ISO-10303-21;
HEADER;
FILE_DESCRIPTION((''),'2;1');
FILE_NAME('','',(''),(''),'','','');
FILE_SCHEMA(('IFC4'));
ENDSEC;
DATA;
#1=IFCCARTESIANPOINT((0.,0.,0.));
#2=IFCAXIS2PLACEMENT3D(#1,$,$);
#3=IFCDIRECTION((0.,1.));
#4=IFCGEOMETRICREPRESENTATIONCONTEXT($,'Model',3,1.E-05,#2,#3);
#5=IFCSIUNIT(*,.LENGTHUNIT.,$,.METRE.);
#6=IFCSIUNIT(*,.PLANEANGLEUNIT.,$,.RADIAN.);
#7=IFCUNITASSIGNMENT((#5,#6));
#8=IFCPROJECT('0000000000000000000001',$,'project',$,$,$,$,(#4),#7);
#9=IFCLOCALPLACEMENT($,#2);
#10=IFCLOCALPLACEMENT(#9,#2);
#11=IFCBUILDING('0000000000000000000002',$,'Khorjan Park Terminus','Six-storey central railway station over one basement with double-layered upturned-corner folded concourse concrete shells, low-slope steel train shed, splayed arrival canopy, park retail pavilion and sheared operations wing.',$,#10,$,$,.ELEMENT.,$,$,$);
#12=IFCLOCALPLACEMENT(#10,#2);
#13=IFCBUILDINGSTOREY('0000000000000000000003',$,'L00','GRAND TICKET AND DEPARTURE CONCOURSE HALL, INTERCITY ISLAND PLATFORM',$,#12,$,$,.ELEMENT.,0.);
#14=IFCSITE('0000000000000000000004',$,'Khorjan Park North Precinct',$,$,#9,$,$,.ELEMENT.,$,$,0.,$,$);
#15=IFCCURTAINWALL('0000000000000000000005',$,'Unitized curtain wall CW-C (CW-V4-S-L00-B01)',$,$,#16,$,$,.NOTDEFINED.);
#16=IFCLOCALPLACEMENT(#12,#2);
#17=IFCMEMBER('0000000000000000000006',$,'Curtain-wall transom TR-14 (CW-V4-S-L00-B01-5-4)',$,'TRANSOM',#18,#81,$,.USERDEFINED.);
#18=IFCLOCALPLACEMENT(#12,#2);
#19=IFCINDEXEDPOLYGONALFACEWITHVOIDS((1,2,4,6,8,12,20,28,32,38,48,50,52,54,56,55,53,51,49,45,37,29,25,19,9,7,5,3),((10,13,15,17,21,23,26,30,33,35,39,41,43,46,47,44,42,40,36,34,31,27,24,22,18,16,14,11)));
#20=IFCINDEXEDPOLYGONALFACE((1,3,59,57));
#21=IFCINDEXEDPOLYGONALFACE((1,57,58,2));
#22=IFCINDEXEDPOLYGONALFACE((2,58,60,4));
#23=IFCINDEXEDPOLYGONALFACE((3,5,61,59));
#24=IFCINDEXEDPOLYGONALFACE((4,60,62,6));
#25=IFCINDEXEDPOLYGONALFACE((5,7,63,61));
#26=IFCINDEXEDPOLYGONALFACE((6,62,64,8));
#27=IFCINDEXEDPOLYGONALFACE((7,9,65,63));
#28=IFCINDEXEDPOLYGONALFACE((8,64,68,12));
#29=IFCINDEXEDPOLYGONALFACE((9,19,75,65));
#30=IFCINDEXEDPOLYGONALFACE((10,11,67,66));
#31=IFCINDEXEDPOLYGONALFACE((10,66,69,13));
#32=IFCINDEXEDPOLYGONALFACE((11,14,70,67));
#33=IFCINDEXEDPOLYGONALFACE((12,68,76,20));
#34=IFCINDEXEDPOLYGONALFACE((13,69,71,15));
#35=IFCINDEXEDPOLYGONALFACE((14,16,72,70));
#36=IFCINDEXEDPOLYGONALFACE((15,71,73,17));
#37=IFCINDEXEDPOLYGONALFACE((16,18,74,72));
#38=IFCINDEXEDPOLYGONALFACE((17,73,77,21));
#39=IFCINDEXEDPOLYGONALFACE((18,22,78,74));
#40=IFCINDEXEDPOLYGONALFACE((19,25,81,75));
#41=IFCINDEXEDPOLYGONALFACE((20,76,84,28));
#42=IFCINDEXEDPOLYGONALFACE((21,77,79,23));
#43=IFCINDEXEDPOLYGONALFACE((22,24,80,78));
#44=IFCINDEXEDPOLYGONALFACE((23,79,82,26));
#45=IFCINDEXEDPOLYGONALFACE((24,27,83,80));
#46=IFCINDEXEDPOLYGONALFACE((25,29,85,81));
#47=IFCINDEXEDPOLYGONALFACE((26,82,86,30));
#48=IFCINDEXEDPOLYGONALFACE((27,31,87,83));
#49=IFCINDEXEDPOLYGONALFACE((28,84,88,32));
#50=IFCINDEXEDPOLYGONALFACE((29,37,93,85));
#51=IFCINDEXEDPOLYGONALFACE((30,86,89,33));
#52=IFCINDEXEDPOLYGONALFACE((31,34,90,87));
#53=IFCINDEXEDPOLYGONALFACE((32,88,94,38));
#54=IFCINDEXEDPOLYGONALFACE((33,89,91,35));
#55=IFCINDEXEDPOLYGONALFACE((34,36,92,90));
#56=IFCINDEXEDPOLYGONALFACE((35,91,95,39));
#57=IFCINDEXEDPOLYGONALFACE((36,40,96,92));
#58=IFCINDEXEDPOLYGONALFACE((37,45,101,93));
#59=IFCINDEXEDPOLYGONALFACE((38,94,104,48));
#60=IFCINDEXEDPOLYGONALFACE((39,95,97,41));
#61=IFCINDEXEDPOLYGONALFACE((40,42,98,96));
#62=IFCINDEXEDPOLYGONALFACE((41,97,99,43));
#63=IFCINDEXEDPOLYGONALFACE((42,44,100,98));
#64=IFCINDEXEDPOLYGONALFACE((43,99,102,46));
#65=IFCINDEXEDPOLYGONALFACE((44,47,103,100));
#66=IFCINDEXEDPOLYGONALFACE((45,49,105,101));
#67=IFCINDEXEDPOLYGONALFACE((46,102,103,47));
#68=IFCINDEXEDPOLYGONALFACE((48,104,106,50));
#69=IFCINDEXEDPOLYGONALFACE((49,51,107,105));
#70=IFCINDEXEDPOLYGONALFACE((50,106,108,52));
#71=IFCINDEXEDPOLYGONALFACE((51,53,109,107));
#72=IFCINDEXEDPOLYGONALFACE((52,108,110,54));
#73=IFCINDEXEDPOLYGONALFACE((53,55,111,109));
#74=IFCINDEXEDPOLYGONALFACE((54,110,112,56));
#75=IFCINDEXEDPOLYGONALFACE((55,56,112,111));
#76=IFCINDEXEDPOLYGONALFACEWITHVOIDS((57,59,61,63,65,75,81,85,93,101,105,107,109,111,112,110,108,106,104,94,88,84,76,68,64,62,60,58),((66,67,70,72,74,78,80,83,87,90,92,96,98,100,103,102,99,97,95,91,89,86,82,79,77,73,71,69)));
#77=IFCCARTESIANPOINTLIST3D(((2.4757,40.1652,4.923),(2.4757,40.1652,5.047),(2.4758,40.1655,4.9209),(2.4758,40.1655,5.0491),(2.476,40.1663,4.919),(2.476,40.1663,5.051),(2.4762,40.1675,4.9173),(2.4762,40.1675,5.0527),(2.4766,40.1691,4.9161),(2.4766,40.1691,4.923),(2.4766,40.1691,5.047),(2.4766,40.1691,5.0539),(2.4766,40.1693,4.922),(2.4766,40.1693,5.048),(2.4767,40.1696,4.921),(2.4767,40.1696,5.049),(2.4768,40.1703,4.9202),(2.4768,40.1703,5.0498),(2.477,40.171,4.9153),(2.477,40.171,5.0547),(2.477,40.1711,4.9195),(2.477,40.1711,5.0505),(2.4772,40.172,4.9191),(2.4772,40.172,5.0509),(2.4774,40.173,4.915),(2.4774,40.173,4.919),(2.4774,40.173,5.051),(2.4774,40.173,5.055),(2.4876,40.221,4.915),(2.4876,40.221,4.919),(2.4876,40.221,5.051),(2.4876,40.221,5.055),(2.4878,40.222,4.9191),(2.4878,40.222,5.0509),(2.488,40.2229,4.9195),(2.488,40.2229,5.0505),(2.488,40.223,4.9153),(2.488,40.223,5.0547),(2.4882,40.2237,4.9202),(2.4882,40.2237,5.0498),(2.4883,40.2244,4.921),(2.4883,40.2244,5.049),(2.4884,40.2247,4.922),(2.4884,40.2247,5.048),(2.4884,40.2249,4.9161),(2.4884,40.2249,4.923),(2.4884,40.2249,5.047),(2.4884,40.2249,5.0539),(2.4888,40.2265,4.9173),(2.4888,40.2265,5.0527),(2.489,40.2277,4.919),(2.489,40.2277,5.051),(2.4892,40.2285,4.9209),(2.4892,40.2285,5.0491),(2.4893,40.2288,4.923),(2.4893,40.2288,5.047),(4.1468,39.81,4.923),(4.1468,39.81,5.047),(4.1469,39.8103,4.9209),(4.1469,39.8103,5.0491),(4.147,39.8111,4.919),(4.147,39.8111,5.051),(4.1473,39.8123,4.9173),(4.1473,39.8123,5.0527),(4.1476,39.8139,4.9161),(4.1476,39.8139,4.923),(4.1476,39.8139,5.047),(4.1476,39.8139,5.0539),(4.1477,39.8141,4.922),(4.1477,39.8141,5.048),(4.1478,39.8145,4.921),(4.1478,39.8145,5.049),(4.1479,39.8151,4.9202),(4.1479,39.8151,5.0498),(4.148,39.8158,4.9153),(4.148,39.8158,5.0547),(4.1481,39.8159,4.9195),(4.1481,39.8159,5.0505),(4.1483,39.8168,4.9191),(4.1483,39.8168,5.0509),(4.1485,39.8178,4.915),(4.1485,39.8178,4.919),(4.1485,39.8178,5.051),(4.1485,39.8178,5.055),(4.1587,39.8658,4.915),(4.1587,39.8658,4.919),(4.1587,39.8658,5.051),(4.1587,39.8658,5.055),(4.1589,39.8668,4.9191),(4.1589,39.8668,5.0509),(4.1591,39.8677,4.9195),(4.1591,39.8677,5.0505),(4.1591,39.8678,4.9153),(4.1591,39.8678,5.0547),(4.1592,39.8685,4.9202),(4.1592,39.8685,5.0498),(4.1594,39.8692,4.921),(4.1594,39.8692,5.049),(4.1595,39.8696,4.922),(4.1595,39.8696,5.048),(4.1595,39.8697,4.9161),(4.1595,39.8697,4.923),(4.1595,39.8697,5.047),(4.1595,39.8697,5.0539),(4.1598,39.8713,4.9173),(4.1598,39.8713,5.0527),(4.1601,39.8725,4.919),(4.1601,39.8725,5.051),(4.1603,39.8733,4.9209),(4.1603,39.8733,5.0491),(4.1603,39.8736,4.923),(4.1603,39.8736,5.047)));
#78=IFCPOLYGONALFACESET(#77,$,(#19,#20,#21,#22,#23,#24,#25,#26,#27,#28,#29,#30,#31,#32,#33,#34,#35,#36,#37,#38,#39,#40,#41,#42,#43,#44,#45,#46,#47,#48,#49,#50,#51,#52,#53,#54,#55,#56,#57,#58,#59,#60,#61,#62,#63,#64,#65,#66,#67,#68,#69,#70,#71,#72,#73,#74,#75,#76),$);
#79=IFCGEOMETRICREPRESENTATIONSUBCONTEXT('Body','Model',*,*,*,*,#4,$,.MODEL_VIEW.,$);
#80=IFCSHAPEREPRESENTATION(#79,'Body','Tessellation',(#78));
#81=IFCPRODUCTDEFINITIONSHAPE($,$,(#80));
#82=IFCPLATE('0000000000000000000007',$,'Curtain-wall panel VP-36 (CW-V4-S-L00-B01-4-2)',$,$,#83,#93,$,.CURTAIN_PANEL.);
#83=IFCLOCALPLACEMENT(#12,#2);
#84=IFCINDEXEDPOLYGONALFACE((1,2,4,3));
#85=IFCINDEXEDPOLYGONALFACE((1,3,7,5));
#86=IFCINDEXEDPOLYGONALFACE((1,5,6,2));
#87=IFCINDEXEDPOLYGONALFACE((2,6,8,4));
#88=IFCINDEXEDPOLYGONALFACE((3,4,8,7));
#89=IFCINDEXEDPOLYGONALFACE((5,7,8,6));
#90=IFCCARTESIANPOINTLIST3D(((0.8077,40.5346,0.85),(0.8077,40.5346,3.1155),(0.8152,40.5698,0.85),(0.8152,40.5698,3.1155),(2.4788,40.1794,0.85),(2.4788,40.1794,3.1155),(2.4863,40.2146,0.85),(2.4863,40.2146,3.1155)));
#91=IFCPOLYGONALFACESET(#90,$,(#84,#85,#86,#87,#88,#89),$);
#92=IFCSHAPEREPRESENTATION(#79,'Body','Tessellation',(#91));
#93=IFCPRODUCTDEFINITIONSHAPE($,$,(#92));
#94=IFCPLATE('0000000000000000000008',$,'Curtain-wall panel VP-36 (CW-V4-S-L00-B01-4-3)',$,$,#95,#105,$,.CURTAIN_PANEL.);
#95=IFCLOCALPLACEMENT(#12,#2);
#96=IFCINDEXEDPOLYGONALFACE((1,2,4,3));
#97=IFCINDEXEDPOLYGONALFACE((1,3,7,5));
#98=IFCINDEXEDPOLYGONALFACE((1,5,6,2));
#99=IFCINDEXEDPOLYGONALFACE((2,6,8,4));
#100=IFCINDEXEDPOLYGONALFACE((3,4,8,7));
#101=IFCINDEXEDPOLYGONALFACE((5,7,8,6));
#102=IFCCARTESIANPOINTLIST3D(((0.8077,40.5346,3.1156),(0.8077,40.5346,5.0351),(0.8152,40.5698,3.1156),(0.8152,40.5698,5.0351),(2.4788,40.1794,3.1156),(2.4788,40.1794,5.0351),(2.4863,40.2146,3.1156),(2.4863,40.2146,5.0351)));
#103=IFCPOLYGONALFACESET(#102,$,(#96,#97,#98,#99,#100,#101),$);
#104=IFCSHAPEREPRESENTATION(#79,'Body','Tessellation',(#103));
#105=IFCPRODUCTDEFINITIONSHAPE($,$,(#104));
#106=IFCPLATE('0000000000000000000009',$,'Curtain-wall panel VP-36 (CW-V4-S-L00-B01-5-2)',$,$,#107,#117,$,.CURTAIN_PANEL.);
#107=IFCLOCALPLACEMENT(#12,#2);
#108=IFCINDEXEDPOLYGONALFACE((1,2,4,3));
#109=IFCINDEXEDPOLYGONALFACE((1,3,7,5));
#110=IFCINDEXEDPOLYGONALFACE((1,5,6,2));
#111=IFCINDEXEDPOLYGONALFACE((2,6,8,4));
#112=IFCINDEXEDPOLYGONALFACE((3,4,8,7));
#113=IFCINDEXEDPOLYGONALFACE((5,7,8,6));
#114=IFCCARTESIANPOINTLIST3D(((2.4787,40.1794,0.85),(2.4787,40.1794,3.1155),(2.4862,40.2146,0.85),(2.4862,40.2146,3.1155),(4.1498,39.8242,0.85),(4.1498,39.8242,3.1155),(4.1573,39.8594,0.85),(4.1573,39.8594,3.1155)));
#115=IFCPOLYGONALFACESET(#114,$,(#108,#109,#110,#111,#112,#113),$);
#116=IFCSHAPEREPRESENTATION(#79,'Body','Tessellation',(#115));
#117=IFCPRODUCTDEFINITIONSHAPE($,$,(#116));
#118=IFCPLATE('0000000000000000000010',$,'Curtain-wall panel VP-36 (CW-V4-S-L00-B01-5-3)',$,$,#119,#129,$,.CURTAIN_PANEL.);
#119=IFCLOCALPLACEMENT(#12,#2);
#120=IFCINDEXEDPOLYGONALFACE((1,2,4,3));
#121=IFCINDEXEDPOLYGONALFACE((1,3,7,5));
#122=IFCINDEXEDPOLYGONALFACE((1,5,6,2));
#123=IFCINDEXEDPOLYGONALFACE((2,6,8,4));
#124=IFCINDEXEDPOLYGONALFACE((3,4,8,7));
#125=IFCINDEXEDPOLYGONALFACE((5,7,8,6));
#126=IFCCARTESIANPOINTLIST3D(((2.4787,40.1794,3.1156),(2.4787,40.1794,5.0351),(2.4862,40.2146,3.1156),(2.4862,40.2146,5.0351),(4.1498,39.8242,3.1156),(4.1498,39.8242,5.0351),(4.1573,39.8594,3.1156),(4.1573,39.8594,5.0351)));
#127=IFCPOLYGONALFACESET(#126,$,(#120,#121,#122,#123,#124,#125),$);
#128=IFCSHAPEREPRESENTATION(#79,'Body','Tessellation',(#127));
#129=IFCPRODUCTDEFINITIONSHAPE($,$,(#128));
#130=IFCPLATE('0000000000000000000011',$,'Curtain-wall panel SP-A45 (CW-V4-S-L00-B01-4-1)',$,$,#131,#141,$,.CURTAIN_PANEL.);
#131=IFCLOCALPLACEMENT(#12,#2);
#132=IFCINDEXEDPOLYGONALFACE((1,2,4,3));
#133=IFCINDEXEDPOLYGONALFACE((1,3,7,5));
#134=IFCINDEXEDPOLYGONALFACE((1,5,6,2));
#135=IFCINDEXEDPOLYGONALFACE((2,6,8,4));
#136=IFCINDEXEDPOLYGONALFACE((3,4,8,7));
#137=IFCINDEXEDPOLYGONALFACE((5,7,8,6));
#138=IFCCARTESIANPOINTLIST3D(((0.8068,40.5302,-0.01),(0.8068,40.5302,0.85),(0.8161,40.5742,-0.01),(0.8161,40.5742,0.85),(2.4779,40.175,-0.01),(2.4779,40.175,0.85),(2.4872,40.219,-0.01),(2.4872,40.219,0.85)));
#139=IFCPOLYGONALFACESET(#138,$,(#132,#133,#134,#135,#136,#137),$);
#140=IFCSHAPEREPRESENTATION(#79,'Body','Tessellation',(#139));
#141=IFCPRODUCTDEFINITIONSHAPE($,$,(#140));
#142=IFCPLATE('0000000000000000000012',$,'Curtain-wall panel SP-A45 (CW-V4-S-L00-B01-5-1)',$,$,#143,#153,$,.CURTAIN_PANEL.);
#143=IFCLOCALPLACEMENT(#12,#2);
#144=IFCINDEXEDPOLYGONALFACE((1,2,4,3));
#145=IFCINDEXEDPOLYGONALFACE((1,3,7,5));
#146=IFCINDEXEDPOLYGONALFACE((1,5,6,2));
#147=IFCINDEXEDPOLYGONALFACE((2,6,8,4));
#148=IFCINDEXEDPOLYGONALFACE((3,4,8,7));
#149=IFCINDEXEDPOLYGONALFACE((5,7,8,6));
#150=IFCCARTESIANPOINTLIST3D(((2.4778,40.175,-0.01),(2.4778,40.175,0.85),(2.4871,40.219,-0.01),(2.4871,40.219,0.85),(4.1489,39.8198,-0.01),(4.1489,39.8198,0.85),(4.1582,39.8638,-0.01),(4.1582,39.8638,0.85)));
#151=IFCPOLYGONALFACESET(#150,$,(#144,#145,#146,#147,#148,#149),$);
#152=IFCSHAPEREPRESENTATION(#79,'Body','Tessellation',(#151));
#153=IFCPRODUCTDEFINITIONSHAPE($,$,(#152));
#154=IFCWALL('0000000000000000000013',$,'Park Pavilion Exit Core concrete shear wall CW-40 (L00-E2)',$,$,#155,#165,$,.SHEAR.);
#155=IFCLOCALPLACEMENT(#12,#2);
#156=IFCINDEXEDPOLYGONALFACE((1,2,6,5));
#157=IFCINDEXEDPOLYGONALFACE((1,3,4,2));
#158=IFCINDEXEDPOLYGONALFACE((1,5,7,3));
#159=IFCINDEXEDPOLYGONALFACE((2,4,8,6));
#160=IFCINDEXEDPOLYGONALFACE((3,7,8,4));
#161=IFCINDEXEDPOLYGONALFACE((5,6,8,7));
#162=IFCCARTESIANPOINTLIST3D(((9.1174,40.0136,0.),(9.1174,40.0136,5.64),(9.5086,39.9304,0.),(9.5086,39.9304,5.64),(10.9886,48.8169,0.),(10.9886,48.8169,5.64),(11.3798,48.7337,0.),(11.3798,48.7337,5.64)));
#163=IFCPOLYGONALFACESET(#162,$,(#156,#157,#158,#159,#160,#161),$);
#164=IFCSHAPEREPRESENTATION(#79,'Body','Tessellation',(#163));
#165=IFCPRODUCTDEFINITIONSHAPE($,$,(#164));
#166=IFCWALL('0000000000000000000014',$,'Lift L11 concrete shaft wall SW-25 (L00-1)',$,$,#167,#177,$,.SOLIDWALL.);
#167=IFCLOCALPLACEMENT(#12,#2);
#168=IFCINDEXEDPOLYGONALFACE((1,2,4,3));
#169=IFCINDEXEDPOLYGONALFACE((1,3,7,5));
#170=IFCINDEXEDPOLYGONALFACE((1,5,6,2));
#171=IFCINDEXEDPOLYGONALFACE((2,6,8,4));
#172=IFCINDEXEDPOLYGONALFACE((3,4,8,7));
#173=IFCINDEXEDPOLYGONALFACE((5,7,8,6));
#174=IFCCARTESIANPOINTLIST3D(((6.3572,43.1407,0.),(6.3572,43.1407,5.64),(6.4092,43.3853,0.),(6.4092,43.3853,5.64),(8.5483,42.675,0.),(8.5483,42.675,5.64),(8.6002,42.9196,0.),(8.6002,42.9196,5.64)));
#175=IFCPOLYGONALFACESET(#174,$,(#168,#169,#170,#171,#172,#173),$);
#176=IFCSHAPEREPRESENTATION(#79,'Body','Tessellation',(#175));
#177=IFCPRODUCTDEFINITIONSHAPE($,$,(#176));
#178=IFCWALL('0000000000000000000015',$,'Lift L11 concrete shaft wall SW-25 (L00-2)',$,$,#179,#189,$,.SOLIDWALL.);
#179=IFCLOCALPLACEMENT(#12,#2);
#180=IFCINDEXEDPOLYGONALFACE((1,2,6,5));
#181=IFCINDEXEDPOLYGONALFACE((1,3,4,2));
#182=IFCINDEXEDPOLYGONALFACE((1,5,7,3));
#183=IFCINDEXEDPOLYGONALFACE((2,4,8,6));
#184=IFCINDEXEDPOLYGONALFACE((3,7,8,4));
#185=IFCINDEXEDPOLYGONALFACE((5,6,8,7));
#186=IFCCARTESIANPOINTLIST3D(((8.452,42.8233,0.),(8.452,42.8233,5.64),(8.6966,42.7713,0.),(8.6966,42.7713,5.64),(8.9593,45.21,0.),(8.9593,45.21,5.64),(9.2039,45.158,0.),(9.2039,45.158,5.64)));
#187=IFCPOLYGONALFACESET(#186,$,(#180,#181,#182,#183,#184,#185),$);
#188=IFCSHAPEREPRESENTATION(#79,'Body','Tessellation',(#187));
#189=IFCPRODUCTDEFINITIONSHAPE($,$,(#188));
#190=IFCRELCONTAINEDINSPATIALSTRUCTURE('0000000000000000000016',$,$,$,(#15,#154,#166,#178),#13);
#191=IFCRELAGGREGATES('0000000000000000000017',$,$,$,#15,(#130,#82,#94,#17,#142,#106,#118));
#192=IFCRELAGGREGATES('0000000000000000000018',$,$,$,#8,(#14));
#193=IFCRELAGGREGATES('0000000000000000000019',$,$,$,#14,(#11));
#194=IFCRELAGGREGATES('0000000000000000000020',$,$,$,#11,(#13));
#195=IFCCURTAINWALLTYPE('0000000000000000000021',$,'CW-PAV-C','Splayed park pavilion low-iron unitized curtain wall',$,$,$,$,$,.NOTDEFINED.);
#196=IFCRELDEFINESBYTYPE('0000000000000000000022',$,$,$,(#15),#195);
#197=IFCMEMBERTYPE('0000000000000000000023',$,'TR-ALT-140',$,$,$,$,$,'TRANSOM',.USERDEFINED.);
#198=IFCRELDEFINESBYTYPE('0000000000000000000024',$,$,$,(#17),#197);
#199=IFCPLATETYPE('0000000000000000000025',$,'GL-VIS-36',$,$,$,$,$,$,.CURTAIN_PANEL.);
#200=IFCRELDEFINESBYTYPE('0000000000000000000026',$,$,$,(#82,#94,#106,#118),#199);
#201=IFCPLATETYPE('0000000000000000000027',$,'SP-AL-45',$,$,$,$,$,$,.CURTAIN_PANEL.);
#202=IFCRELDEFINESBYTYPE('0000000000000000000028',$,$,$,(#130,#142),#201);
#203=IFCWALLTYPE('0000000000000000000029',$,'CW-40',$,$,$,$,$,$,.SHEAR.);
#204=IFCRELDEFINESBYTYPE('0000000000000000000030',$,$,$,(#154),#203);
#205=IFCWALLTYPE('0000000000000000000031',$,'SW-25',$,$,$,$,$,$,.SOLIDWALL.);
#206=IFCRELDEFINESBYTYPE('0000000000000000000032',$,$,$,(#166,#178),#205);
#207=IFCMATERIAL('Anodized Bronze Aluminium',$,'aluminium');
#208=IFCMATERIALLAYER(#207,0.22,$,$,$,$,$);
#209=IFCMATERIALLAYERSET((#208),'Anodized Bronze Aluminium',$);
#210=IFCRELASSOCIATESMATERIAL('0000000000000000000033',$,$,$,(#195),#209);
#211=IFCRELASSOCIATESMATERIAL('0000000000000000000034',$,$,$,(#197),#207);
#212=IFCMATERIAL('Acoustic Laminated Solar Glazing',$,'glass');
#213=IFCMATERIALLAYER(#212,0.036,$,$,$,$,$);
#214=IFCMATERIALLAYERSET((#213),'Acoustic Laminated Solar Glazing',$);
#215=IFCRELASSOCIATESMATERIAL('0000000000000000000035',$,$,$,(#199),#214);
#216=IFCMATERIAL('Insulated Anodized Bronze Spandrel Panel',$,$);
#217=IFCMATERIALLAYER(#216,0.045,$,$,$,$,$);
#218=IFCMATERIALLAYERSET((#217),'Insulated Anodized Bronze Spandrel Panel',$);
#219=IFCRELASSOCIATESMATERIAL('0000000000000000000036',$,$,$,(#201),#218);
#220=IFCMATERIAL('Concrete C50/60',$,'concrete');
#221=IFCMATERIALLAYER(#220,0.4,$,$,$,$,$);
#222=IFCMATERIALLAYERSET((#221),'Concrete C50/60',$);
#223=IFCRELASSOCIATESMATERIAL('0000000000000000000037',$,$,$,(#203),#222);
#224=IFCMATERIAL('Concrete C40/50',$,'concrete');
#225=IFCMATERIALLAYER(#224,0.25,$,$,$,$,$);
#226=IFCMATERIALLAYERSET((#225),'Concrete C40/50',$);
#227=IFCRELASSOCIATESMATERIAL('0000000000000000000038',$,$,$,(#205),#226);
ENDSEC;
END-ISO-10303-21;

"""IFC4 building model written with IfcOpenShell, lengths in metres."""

from ifc_helpers import new_model, si_unit, direction, frame, frame_2d, origin, origin_2d, place, context, subcontext, project, spatial, rectangle, hollow_rectangle, extrude, material, layer, layer_set, material_profile, profile_set, type_object, element, aggregate, save


model = new_model("IFC4")

# Units and contexts
model_context = context("Model", 3, precision=1e-05, world=origin(), true_north=direction((0.0, 1.0)))
body_context = subcontext(model_context, "Body", "Model", "MODEL_VIEW")
ifc_project = project(units=[si_unit("LENGTHUNIT", "METRE"), si_unit("PLANEANGLEUNIT", "RADIAN")], contexts=[model_context])

# Site, building, storey
site_placement = place(None, origin())
site = spatial("IfcSite", under=ifc_project, at=site_placement, Name="Khorjan Park North Precinct", CompositionType="ELEMENT", RefElevation=0.0)
building_placement = place(site_placement, origin())
building = spatial("IfcBuilding", under=site, at=building_placement, Name="Khorjan Park Terminus", Description="Six-storey central railway station over one basement with double-layered upturned-corner folded concourse concrete shells, low-slope steel train shed, splayed arrival canopy, park retail pavilion and sheared operations wing.", CompositionType="ELEMENT")
storey_placement = place(building_placement, origin())
storey = spatial("IfcBuildingStorey", under=building, at=storey_placement, Name="L00", Description="GRAND TICKET AND DEPARTURE CONCOURSE HALL, INTERCITY ISLAND PLATFORM", CompositionType="ELEMENT", Elevation=0.0)

# Curtain wall, member, plates
ifc_material_1 = material(Name="Anodized Bronze Aluminium", Category="aluminium")
ifc_layer_1 = layer(ifc_material_1, 0.22)
ifc_layer_set_1 = layer_set([ifc_layer_1], Name="Anodized Bronze Aluminium")
curtain_wall_type = type_object("IfcCurtainWallType", Name="CW-PAV-C", Description="Splayed park pavilion low-iron unitized curtain wall", PredefinedType="NOTDEFINED", material=ifc_layer_set_1)
curtain_wall_placement = place(storey_placement, origin())
curtain_wall = element("IfcCurtainWall", 1, at=curtain_wall_placement, inside=storey, type_object=curtain_wall_type, Name="Unitized curtain wall CW-C (CW-V4-S-L00-B01)", PredefinedType="NOTDEFINED")
ifc_material_profile_1 = material_profile(ifc_material_1, hollow_rectangle(XDim=0.065, YDim=0.14, WallThickness=0.004, InnerFilletRadius=0.004, OuterFilletRadius=0.008, at=origin_2d()), Name="ALT 65x140x4")
ifc_profile_set_1 = profile_set([ifc_material_profile_1], Name="Anodized Bronze Aluminium")
member_type_1 = type_object("IfcMemberType", Name="TR-ALT-140", ElementType="TRANSOM", PredefinedType="USERDEFINED", material=ifc_profile_set_1)
member_1_placement = place(storey_placement, frame((2.4825, 40.197, 4.985), z_axis=(0.978148, -0.20791, 0.0), x_axis=(0.20791, 0.978148, 0.0)))
member_1 = element("IfcMember", 2, at=member_1_placement, type_object=member_type_1, Name="Curtain-wall transom TR-14 (CW-V4-S-L00-B01-5-4)", ObjectType="TRANSOM", PredefinedType="USERDEFINED", context=body_context, shape_type="SweptSolid", body=[
    extrude(hollow_rectangle(XDim=0.065, YDim=0.14, WallThickness=0.004, InnerFilletRadius=0.004, OuterFilletRadius=0.008, at=origin_2d()), origin(), (0.0, 0.0, 1.0), 1.7084),
])
ifc_material_2 = material(Name="Acoustic Laminated Solar Glazing", Category="glass")
ifc_layer_2 = layer(ifc_material_2, 0.036)
ifc_layer_set_2 = layer_set([ifc_layer_2], Name="Acoustic Laminated Solar Glazing")
plate_type_1 = type_object("IfcPlateType", Name="GL-VIS-36", PredefinedType="CURTAIN_PANEL", material=ifc_layer_set_2)
plate_1_placement = place(storey_placement, frame((1.647, 40.3746, 0.85), z_axis=(0.0, 0.0, 1.0), x_axis=(0.978147, -0.207914, 0.0)))
plate_1 = element("IfcPlate", 3, at=plate_1_placement, type_object=plate_type_1, Name="Curtain-wall panel VP-36 (CW-V4-S-L00-B01-4-2)", PredefinedType="CURTAIN_PANEL", context=body_context, shape_type="SweptSolid", body=[
    extrude(rectangle(XDim=1.7084, YDim=0.036, at=origin_2d()), origin(), (0.0, 0.0, 1.0), 2.2655),
])
plate_2_placement = place(storey_placement, frame((1.647, 40.3746, 3.1156), z_axis=(0.0, 0.0, 1.0), x_axis=(0.978147, -0.207914, 0.0)))
plate_2 = element("IfcPlate", 4, at=plate_2_placement, type_object=plate_type_1, Name="Curtain-wall panel VP-36 (CW-V4-S-L00-B01-4-3)", PredefinedType="CURTAIN_PANEL", context=body_context, shape_type="SweptSolid", body=[
    extrude(rectangle(XDim=1.7084, YDim=0.036, at=origin_2d()), origin(), (0.0, 0.0, 1.0), 1.9195),
])
plate_3_placement = place(storey_placement, frame((3.318, 40.0194, 0.85), z_axis=(0.0, 0.0, 1.0), x_axis=(0.978147, -0.207914, 0.0)))
plate_3 = element("IfcPlate", 5, at=plate_3_placement, type_object=plate_type_1, Name="Curtain-wall panel VP-36 (CW-V4-S-L00-B01-5-2)", PredefinedType="CURTAIN_PANEL", context=body_context, shape_type="SweptSolid", body=[
    extrude(rectangle(XDim=1.7084, YDim=0.036, at=origin_2d()), origin(), (0.0, 0.0, 1.0), 2.2655),
])
plate_4_placement = place(storey_placement, frame((3.318, 40.0194, 3.1156), z_axis=(0.0, 0.0, 1.0), x_axis=(0.978147, -0.207914, 0.0)))
plate_4 = element("IfcPlate", 6, at=plate_4_placement, type_object=plate_type_1, Name="Curtain-wall panel VP-36 (CW-V4-S-L00-B01-5-3)", PredefinedType="CURTAIN_PANEL", context=body_context, shape_type="SweptSolid", body=[
    extrude(rectangle(XDim=1.7084, YDim=0.036, at=origin_2d()), origin(), (0.0, 0.0, 1.0), 1.9195),
])
ifc_material_3 = material(Name="Insulated Anodized Bronze Spandrel Panel")
ifc_layer_3 = layer(ifc_material_3, 0.045)
ifc_layer_set_3 = layer_set([ifc_layer_3], Name="Insulated Anodized Bronze Spandrel Panel")
plate_type_2 = type_object("IfcPlateType", Name="SP-AL-45", PredefinedType="CURTAIN_PANEL", material=ifc_layer_set_3)
plate_5_placement = place(storey_placement, frame((1.647, 40.3746, -0.01), z_axis=(0.0, 0.0, 1.0), x_axis=(0.978147, -0.207914, 0.0)))
plate_5 = element("IfcPlate", 7, at=plate_5_placement, type_object=plate_type_2, Name="Curtain-wall panel SP-A45 (CW-V4-S-L00-B01-4-1)", PredefinedType="CURTAIN_PANEL", context=body_context, shape_type="SweptSolid", body=[
    extrude(rectangle(XDim=1.7084, YDim=0.045, at=origin_2d()), origin(), (0.0, 0.0, 1.0), 0.86),
])
plate_6_placement = place(storey_placement, frame((3.318, 40.0194, -0.01), z_axis=(0.0, 0.0, 1.0), x_axis=(0.978147, -0.207914, 0.0)))
plate_6 = element("IfcPlate", 8, at=plate_6_placement, type_object=plate_type_2, Name="Curtain-wall panel SP-A45 (CW-V4-S-L00-B01-5-1)", PredefinedType="CURTAIN_PANEL", context=body_context, shape_type="SweptSolid", body=[
    extrude(rectangle(XDim=1.7084, YDim=0.045, at=origin_2d()), origin(), (0.0, 0.0, 1.0), 0.86),
])
aggregate(curtain_wall, [plate_5, plate_1, plate_2, member_1, plate_6, plate_3, plate_4])

# Walls
ifc_material_4 = material(Name="Concrete C50/60", Category="concrete")
ifc_layer_4 = layer(ifc_material_4, 0.4)
ifc_layer_set_4 = layer_set([ifc_layer_4], Name="Concrete C50/60")
wall_type_1 = type_object("IfcWallType", Name="CW-40", PredefinedType="SHEAR", material=ifc_layer_set_4)
wall_1_placement = place(storey_placement, frame((9.313, 39.972, 0.0), z_axis=(0.0, 0.0, 1.0), x_axis=(0.207912, 0.978148, 0.0)))
element("IfcWall", 9, at=wall_1_placement, inside=storey, type_object=wall_type_1, Name="Park Pavilion Exit Core concrete shear wall CW-40 (L00-E2)", PredefinedType="SHEAR", context=body_context, shape_type="SweptSolid", body=[
    extrude(rectangle(XDim=9.0, YDim=0.4, at=frame_2d((4.5, 0.0))), origin(), (0.0, 0.0, 1.0), 5.64),
])
ifc_material_5 = material(Name="Concrete C40/50", Category="concrete")
ifc_layer_5 = layer(ifc_material_5, 0.25)
ifc_layer_set_5 = layer_set([ifc_layer_5], Name="Concrete C40/50")
wall_type_2 = type_object("IfcWallType", Name="SW-25", PredefinedType="SOLIDWALL", material=ifc_layer_set_5)
wall_2_placement = place(storey_placement, frame((6.3832, 43.263, 0.0), z_axis=(0.0, 0.0, 1.0), x_axis=(0.978151, -0.207898, 0.0)))
element("IfcWall", 10, at=wall_2_placement, inside=storey, type_object=wall_type_2, Name="Lift L11 concrete shaft wall SW-25 (L00-1)", PredefinedType="SOLIDWALL", context=body_context, shape_type="SweptSolid", body=[
    extrude(rectangle(XDim=2.24, YDim=0.25, at=frame_2d((1.12, 0.0))), origin(), (0.0, 0.0, 1.0), 5.64),
])
wall_3_placement = place(storey_placement, frame((8.5743, 42.7973, 0.0), z_axis=(0.0, 0.0, 1.0), x_axis=(0.207908, 0.978148, 0.0)))
element("IfcWall", 11, at=wall_3_placement, inside=storey, type_object=wall_type_2, Name="Lift L11 concrete shaft wall SW-25 (L00-2)", PredefinedType="SOLIDWALL", context=body_context, shape_type="SweptSolid", body=[
    extrude(rectangle(XDim=2.44, YDim=0.25, at=frame_2d((1.22, 0.0))), origin(), (0.0, 0.0, 1.0), 5.64),
])

save(model, "model.ifc")
